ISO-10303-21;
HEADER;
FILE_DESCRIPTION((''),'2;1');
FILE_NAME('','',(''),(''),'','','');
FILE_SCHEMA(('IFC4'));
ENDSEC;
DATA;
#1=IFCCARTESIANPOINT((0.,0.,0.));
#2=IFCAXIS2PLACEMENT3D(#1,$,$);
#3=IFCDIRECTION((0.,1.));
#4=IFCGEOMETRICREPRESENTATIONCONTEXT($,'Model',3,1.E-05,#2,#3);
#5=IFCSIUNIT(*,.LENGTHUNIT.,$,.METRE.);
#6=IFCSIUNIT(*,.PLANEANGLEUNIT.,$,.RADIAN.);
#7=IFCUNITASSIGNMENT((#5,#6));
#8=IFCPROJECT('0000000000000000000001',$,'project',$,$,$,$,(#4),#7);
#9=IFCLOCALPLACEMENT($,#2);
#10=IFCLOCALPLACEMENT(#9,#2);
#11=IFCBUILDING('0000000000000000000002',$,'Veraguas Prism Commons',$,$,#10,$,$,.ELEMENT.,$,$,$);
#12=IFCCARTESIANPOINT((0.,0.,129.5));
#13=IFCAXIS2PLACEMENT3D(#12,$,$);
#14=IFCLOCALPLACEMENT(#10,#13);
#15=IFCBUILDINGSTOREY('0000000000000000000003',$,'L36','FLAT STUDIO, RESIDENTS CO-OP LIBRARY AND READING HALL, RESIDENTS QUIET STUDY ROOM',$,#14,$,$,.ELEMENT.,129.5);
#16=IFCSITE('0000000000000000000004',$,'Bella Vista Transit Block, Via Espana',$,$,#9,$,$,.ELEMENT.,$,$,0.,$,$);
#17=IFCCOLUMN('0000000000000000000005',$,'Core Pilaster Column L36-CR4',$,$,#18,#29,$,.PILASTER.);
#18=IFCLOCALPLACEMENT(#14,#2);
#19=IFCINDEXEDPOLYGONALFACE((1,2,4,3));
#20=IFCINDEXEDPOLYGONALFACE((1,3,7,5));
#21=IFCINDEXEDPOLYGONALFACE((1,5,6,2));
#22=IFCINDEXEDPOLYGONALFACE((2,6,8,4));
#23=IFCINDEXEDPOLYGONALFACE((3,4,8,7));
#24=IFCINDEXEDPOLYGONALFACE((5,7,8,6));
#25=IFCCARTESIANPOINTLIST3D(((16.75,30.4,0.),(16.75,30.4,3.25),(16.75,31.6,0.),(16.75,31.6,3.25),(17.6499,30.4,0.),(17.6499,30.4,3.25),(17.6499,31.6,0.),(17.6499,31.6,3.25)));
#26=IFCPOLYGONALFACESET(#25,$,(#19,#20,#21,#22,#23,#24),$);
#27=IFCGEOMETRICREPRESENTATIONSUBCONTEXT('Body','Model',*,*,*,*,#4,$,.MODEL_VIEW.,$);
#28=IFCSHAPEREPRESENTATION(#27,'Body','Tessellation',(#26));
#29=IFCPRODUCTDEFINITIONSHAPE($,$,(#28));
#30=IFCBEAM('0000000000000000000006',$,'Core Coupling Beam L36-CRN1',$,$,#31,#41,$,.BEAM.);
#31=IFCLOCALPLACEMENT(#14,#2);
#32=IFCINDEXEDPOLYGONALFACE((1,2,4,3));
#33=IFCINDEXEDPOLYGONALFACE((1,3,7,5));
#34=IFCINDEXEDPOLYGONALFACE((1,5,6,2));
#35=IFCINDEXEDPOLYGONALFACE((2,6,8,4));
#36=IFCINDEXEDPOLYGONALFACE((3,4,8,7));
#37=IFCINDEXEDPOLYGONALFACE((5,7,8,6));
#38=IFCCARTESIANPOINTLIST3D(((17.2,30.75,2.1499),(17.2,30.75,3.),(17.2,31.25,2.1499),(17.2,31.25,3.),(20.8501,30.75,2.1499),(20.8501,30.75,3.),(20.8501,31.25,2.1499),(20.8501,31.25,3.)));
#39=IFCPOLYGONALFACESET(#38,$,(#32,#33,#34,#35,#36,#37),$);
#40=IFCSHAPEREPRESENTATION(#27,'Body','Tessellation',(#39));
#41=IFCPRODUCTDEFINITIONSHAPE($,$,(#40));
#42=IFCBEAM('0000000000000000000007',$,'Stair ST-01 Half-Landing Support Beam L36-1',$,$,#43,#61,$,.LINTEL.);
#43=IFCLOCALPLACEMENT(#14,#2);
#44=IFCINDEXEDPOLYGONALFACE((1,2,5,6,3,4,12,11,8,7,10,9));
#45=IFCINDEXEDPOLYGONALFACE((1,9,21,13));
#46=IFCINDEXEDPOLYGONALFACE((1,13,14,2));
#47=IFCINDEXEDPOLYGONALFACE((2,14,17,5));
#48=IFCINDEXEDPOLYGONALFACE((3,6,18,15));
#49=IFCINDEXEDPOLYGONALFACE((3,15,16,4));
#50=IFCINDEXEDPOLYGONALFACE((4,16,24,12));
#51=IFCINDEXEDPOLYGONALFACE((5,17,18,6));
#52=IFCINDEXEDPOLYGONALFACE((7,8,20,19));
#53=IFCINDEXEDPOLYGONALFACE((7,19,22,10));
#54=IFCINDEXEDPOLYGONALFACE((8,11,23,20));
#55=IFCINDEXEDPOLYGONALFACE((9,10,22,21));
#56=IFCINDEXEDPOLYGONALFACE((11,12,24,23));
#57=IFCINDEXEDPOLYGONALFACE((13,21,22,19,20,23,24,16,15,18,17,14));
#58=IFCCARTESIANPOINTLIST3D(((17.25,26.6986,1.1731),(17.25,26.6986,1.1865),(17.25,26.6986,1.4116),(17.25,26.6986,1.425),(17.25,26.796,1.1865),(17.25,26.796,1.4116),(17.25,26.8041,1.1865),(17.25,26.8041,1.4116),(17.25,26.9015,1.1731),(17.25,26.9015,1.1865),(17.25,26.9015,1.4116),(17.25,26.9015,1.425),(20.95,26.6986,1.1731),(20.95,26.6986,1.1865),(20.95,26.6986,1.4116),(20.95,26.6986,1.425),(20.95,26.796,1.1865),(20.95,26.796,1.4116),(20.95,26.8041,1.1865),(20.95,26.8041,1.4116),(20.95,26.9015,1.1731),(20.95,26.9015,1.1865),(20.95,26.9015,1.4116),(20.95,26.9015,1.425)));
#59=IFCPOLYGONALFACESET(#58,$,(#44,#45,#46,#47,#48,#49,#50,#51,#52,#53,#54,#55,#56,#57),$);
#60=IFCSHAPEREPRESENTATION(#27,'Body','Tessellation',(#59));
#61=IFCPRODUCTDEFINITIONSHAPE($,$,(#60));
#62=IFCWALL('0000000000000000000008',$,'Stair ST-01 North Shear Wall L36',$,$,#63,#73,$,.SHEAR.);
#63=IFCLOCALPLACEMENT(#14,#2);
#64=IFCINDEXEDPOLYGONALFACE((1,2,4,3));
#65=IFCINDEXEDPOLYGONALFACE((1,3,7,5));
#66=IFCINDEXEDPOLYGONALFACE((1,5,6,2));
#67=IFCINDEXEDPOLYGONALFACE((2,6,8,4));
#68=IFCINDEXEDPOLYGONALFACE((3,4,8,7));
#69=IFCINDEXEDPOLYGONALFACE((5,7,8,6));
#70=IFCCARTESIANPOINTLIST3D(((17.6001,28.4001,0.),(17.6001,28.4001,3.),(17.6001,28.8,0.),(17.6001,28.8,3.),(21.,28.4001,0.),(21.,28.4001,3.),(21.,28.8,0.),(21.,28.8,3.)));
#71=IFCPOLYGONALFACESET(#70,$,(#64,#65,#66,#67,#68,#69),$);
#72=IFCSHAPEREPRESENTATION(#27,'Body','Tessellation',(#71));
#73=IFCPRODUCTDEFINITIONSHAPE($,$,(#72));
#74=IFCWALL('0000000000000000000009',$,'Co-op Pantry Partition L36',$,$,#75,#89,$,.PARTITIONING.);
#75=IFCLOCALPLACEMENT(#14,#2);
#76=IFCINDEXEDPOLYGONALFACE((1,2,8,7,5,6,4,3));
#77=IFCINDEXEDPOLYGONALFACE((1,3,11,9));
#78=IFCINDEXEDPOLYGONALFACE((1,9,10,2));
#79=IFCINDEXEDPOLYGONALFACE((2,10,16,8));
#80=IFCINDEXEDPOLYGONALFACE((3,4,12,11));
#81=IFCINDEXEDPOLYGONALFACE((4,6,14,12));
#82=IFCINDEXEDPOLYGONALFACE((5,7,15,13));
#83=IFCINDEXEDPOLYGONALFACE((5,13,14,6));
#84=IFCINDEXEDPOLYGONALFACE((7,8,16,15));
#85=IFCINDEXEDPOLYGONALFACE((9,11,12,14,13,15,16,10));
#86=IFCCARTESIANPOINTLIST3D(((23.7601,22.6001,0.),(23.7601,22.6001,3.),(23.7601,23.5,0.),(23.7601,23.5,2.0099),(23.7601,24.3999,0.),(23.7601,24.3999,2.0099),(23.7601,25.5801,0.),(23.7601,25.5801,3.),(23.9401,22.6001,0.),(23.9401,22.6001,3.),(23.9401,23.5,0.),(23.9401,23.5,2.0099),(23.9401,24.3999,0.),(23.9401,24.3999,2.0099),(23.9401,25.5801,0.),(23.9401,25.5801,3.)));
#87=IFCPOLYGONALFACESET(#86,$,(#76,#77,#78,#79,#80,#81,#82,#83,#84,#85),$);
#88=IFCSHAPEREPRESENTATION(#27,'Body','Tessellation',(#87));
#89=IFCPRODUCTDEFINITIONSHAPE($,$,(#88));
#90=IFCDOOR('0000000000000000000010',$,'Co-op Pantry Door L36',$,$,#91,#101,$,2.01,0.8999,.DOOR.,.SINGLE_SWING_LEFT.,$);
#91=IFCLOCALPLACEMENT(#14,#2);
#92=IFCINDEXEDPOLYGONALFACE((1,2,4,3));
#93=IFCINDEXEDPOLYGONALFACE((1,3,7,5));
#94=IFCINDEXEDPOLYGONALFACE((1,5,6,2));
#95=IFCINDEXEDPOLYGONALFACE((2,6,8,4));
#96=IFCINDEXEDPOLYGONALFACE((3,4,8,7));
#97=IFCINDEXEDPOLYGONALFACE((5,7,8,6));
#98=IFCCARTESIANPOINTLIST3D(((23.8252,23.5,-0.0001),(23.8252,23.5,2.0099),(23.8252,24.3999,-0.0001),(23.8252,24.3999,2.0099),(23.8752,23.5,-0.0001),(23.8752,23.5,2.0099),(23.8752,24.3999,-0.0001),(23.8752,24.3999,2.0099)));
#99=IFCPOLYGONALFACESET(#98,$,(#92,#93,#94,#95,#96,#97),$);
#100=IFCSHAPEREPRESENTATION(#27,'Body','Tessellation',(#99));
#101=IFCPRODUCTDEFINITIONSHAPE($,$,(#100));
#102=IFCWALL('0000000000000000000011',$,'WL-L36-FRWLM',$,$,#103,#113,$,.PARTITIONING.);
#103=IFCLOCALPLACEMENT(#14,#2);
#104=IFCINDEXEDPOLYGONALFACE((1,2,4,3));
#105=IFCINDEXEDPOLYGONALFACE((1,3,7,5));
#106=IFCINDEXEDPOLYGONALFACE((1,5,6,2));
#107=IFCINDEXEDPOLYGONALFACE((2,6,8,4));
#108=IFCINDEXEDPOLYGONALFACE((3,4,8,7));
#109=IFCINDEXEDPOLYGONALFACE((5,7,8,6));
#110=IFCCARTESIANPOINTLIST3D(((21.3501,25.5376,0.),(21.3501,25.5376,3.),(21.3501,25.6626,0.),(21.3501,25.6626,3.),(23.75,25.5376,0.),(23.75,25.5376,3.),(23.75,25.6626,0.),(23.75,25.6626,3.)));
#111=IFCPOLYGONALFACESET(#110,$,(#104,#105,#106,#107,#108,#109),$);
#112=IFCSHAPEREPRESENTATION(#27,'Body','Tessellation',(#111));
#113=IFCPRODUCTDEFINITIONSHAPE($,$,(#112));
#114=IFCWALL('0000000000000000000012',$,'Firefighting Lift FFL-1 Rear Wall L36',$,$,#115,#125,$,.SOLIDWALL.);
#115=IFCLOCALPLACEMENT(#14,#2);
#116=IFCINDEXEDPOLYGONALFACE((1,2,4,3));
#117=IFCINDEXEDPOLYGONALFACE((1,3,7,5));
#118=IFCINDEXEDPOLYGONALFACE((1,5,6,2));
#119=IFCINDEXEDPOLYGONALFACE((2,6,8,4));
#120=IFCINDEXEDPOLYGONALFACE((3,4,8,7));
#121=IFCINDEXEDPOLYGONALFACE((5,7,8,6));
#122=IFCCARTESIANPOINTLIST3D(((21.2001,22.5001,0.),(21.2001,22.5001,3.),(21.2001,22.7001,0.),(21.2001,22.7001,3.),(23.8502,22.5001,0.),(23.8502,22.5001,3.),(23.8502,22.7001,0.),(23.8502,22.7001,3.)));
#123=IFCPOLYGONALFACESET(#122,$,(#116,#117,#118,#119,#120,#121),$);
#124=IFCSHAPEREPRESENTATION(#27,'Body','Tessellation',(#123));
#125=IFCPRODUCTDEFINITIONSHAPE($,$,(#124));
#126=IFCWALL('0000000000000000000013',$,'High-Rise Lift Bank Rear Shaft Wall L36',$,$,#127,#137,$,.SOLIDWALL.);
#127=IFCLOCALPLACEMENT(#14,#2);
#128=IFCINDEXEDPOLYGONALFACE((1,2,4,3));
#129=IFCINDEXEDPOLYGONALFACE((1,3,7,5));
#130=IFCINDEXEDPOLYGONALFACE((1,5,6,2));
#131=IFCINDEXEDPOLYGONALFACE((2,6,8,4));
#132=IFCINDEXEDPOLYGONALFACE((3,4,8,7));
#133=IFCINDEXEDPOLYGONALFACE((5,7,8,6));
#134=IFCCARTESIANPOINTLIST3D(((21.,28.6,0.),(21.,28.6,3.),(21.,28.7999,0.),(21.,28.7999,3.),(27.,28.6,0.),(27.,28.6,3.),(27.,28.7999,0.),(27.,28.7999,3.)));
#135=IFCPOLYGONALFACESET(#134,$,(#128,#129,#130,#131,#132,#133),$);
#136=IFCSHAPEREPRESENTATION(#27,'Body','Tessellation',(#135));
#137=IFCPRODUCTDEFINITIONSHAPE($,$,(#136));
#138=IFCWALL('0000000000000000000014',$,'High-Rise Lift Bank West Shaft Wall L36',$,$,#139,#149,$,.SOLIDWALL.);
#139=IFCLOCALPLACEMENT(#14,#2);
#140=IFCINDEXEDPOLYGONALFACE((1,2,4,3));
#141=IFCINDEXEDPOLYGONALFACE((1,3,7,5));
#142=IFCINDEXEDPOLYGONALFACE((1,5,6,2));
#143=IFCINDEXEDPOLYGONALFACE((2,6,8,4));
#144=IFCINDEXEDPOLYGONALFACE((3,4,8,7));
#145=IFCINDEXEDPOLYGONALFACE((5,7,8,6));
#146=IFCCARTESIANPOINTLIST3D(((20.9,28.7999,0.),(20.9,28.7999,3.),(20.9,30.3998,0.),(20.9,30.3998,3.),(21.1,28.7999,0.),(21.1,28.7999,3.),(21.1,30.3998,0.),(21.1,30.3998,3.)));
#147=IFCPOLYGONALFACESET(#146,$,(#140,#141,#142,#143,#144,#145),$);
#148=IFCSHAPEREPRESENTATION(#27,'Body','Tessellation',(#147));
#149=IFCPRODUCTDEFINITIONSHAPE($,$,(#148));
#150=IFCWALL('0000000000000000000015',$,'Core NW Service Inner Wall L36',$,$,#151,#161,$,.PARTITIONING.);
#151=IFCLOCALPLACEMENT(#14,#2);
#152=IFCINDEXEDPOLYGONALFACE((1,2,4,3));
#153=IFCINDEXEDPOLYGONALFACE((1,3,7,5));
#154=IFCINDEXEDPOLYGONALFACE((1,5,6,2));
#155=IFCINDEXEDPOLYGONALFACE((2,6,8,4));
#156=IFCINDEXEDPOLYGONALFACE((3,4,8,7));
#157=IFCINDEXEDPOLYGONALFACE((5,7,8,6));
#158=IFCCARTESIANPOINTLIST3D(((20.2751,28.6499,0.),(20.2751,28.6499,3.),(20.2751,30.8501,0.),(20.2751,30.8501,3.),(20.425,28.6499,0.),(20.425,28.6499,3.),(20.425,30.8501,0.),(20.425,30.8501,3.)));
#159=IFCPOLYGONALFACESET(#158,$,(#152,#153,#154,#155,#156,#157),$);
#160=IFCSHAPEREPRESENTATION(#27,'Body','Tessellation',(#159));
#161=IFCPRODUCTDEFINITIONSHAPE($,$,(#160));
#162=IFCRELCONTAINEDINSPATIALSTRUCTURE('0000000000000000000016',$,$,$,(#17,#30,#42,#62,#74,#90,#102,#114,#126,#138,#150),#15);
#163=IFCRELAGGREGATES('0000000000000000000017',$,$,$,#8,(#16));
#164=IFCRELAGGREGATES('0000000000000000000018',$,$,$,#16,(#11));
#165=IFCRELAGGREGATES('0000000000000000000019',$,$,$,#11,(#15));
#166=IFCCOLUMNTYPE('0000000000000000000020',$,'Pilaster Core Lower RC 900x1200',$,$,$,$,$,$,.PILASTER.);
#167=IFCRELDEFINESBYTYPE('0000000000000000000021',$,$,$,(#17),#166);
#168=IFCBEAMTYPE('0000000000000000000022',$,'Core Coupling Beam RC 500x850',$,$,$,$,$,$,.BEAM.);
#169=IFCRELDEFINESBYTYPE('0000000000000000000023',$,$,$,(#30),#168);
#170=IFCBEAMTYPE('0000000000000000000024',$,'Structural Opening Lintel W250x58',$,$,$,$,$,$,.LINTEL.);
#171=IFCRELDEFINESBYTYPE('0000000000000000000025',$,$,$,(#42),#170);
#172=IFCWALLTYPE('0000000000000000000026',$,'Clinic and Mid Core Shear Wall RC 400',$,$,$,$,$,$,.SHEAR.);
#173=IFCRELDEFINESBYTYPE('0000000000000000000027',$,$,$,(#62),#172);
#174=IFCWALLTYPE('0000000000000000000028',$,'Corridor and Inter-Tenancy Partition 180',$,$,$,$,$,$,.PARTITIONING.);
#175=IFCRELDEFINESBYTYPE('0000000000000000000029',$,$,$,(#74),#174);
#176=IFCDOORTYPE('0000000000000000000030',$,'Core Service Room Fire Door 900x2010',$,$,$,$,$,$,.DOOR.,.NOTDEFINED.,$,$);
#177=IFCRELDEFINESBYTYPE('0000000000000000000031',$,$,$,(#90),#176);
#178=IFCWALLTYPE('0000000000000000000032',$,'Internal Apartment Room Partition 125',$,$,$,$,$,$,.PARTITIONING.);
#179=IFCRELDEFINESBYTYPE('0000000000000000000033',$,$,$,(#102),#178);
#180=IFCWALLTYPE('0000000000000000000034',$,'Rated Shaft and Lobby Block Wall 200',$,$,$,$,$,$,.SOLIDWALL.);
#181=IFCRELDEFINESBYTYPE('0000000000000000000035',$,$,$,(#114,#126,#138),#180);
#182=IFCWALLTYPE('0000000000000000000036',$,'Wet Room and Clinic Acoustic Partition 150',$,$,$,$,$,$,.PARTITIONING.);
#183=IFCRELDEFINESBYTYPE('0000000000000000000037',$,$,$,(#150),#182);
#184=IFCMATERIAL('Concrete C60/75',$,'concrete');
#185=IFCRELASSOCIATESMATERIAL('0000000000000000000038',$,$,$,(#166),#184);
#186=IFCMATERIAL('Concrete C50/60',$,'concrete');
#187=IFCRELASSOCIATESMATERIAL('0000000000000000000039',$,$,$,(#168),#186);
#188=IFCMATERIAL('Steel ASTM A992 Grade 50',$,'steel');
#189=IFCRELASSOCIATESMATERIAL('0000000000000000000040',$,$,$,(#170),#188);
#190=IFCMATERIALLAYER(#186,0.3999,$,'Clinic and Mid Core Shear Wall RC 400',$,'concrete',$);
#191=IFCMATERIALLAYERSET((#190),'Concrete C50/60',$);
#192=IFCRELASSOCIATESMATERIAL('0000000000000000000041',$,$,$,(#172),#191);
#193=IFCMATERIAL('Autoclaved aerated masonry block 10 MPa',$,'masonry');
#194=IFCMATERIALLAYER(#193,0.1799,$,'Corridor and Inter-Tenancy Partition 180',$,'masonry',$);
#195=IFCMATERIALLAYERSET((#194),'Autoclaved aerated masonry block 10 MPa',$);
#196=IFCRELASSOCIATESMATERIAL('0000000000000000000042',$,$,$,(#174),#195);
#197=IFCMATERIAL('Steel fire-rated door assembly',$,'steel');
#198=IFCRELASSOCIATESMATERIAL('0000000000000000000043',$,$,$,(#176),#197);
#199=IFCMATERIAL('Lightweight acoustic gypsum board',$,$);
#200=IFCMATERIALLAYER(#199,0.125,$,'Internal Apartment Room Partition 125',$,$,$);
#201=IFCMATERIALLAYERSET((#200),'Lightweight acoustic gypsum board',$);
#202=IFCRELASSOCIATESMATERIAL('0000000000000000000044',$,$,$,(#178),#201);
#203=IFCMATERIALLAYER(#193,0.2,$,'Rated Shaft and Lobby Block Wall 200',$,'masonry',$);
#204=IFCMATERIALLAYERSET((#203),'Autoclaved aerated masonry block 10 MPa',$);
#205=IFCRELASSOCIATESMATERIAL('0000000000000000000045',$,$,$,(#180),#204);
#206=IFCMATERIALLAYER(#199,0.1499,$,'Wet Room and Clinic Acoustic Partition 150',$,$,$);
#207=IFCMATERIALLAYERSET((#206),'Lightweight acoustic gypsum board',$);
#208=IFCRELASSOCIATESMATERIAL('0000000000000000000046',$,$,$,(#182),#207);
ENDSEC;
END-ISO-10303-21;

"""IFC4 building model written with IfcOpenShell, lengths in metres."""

from ifc_helpers import new_model, si_unit, direction, frame, frame_2d, origin, origin_2d, place, context, subcontext, project, spatial, rectangle, i_section, extrude, source, transform, mapped, material, layer, layer_set, material_profile, profile_set, type_object, element, fill, save


model = new_model("IFC4")

# Units and contexts
model_context = context("Model", 3, precision=1e-05, world=origin(), true_north=direction((0.0, 1.0)))
body_context = subcontext(model_context, "Body", "Model", "MODEL_VIEW")
ifc_project = project(units=[si_unit("LENGTHUNIT", "METRE"), si_unit("PLANEANGLEUNIT", "RADIAN")], contexts=[model_context])

# Site, building, storey
site_placement = place(None, origin())
site = spatial("IfcSite", under=ifc_project, at=site_placement, Name="Bella Vista Transit Block, Via Espana", CompositionType="ELEMENT", RefElevation=0.0)
building_placement = place(site_placement, origin())
building = spatial("IfcBuilding", under=site, at=building_placement, Name="Veraguas Prism Commons", CompositionType="ELEMENT")
storey_placement = place(building_placement, frame((0.0, 0.0, 129.5)))
storey = spatial("IfcBuildingStorey", under=building, at=storey_placement, Name="L36", Description="FLAT STUDIO, RESIDENTS CO-OP LIBRARY AND READING HALL, RESIDENTS QUIET STUDY ROOM", CompositionType="ELEMENT", Elevation=129.5)

# Column
ifc_material_1 = material(Name="Concrete C60/75", Category="concrete")
ifc_material_profile_1 = material_profile(ifc_material_1, rectangle(XDim=0.8999, YDim=1.2, at=origin_2d()), Name="RC900X1200")
ifc_profile_set_1 = profile_set([ifc_material_profile_1], Name="Concrete C60/75")
column_type = type_object("IfcColumnType", Name="Pilaster Core Lower RC 900x1200", PredefinedType="PILASTER", material=ifc_profile_set_1)
column_placement = place(storey_placement, frame((17.2, 31.0, 0.0), z_axis=(0.0, 0.0, 1.0), x_axis=(1.0, 0.0, 0.0)))
element("IfcColumn", 1, at=column_placement, inside=storey, type_object=column_type, Name="Core Pilaster Column L36-CR4", PredefinedType="PILASTER", context=body_context, shape_type="SweptSolid", body=[
    extrude(rectangle(XDim=0.8999, YDim=1.2, at=origin_2d()), origin(), (0.0, 0.0, 1.0), 3.25),
])

# Beams
ifc_material_2 = material(Name="Concrete C50/60", Category="concrete")
ifc_material_profile_2 = material_profile(ifc_material_2, rectangle(XDim=0.5, YDim=0.8501, at=origin_2d()), Name="RC500X850")
ifc_profile_set_2 = profile_set([ifc_material_profile_2], Name="Concrete C50/60")
beam_type_1 = type_object("IfcBeamType", Name="Core Coupling Beam RC 500x850", PredefinedType="BEAM", material=ifc_profile_set_2)
beam_1_placement = place(storey_placement, frame((17.2, 31.0, 2.575), z_axis=(1.0, 0.0, 0.0), x_axis=(0.0, 1.0, 0.0)))
element("IfcBeam", 2, at=beam_1_placement, inside=storey, type_object=beam_type_1, Name="Core Coupling Beam L36-CRN1", PredefinedType="BEAM", context=body_context, shape_type="SweptSolid", body=[
    extrude(rectangle(XDim=0.5, YDim=0.8501, at=origin_2d()), origin(), (0.0, 0.0, 1.0), 3.6501),
])
ifc_material_3 = material(Name="Steel ASTM A992 Grade 50", Category="steel")
ifc_material_profile_3 = material_profile(ifc_material_3, i_section(OverallWidth=0.2029, OverallDepth=0.252, WebThickness=0.0081, FlangeThickness=0.0134, at=origin_2d()), Name="W250X58")
ifc_profile_set_3 = profile_set([ifc_material_profile_3], Name="Steel ASTM A992 Grade 50")
beam_type_2 = type_object("IfcBeamType", Name="Structural Opening Lintel W250x58", PredefinedType="LINTEL", material=ifc_profile_set_3)
beam_2_placement = place(storey_placement, frame((17.25, 26.8, 1.2991), z_axis=(1.0, 0.0, 0.0), x_axis=(0.0, 1.0, 0.0)))
element("IfcBeam", 3, at=beam_2_placement, inside=storey, type_object=beam_type_2, Name="Stair ST-01 Half-Landing Support Beam L36-1", PredefinedType="LINTEL", context=body_context, shape_type="SweptSolid", body=[
    extrude(i_section(OverallWidth=0.2029, OverallDepth=0.252, WebThickness=0.0081, FlangeThickness=0.0134, at=origin_2d()), origin(), (0.0, 0.0, 1.0), 3.7),
])

# Wall
ifc_layer_1 = layer(ifc_material_2, 0.3999, Name="Clinic and Mid Core Shear Wall RC 400", Category="concrete")
ifc_layer_set_1 = layer_set([ifc_layer_1], Name="Concrete C50/60")
wall_type_1 = type_object("IfcWallType", Name="Clinic and Mid Core Shear Wall RC 400", PredefinedType="SHEAR", material=ifc_layer_set_1)
wall_1_placement = place(storey_placement, frame((17.6001, 28.6001, 0.0), z_axis=(0.0, 0.0, 1.0), x_axis=(1.0, 0.0, 0.0)))
element("IfcWall", 4, at=wall_1_placement, inside=storey, type_object=wall_type_1, Name="Stair ST-01 North Shear Wall L36", PredefinedType="SHEAR", context=body_context, shape_type="SweptSolid", body=[
    extrude(rectangle(XDim=3.3999, YDim=0.3999, at=frame_2d((1.7, 0.0))), origin(), (0.0, 0.0, 1.0), 3.0),
])

# Wall, opening, door
ifc_material_4 = material(Name="Autoclaved aerated masonry block 10 MPa", Category="masonry")
ifc_layer_2 = layer(ifc_material_4, 0.1799, Name="Corridor and Inter-Tenancy Partition 180", Category="masonry")
ifc_layer_set_2 = layer_set([ifc_layer_2], Name="Autoclaved aerated masonry block 10 MPa")
wall_type_2 = type_object("IfcWallType", Name="Corridor and Inter-Tenancy Partition 180", PredefinedType="PARTITIONING", material=ifc_layer_set_2)
wall_2_placement = place(storey_placement, frame((23.8501, 22.6001, 0.0), z_axis=(0.0, 0.0, 1.0), x_axis=(0.0, 1.0, 0.0)))
wall_2 = element("IfcWall", 5, at=wall_2_placement, inside=storey, type_object=wall_type_2, Name="Co-op Pantry Partition L36", PredefinedType="PARTITIONING", context=body_context, shape_type="SweptSolid", body=[
    extrude(rectangle(XDim=2.98, YDim=0.1799, at=frame_2d((1.49, 0.0))), origin(), (0.0, 0.0, 1.0), 3.0),
])
opening_placement = place(wall_2_placement, frame((0.8999, 0.0, 0.0)))
opening = element("IfcOpeningElement", 6, at=opening_placement, cuts=wall_2, PredefinedType="OPENING", context=body_context, shape_type="SweptSolid", body=[
    extrude(rectangle(XDim=0.8999, YDim=2.01, at=frame_2d((0.45, 1.0049))), frame((0.0, 0.0999, 0.0), z_axis=(0.0, -1.0, 0.0), x_axis=(1.0, 0.0, 0.0)), (0.0, 0.0, 1.0), 0.2),
])
ifc_material_5 = material(Name="Steel fire-rated door assembly", Category="steel")
door_type = type_object("IfcDoorType", Name="Core Service Room Fire Door 900x2010", OperationType="NOTDEFINED", PredefinedType="DOOR", material=ifc_material_5)
shared_shape = source(origin(), body_context, "Body", "SweptSolid", [
    extrude(rectangle(XDim=0.8999, YDim=2.01, at=frame_2d((0.45, 1.0049))), frame((0.0, 0.0249, 0.0), z_axis=(0.0, -1.0, 0.0), x_axis=(1.0, 0.0, 0.0)), (0.0, 0.0, 1.0), 0.05),
])
door_placement = place(opening_placement, origin())
door = element("IfcDoor", 7, at=door_placement, inside=storey, type_object=door_type, Name="Co-op Pantry Door L36", OperationType="SINGLE_SWING_LEFT", OverallHeight=2.01, OverallWidth=0.8999, PredefinedType="DOOR", context=body_context, shape_type="MappedRepresentation", body=[
    mapped(shared_shape, transform((0.0, 0.0, 0.0), scale=1.0)),
])
fill(opening, door)

# Walls
ifc_material_6 = material(Name="Lightweight acoustic gypsum board")
ifc_layer_3 = layer(ifc_material_6, 0.125, Name="Internal Apartment Room Partition 125")
ifc_layer_set_3 = layer_set([ifc_layer_3], Name="Lightweight acoustic gypsum board")
wall_type_3 = type_object("IfcWallType", Name="Internal Apartment Room Partition 125", PredefinedType="PARTITIONING", material=ifc_layer_set_3)
wall_3_placement = place(storey_placement, frame((21.3501, 25.6001, 0.0), z_axis=(0.0, 0.0, 1.0), x_axis=(1.0, 0.0, 0.0)))
element("IfcWall", 8, at=wall_3_placement, inside=storey, type_object=wall_type_3, Name="WL-L36-FRWLM", PredefinedType="PARTITIONING", context=body_context, shape_type="SweptSolid", body=[
    extrude(rectangle(XDim=2.3999, YDim=0.125, at=frame_2d((1.2, 0.0))), origin(), (0.0, 0.0, 1.0), 3.0),
])
ifc_layer_4 = layer(ifc_material_4, 0.2, Name="Rated Shaft and Lobby Block Wall 200", Category="masonry")
ifc_layer_set_4 = layer_set([ifc_layer_4], Name="Autoclaved aerated masonry block 10 MPa")
wall_type_4 = type_object("IfcWallType", Name="Rated Shaft and Lobby Block Wall 200", PredefinedType="SOLIDWALL", material=ifc_layer_set_4)
wall_4_placement = place(storey_placement, frame((21.2, 22.6001, 0.0), z_axis=(0.0, 0.0, 1.0), x_axis=(1.0, 0.0, 0.0)))
element("IfcWall", 9, at=wall_4_placement, inside=storey, type_object=wall_type_4, Name="Firefighting Lift FFL-1 Rear Wall L36", PredefinedType="SOLIDWALL", context=body_context, shape_type="SweptSolid", body=[
    extrude(rectangle(XDim=2.6501, YDim=0.2, at=frame_2d((1.3252, 0.0))), origin(), (0.0, 0.0, 1.0), 3.0),
])
wall_5_placement = place(storey_placement, frame((21.0, 28.7, 0.0), z_axis=(0.0, 0.0, 1.0), x_axis=(1.0, 0.0, 0.0)))
element("IfcWall", 10, at=wall_5_placement, inside=storey, type_object=wall_type_4, Name="High-Rise Lift Bank Rear Shaft Wall L36", PredefinedType="SOLIDWALL", context=body_context, shape_type="SweptSolid", body=[
    extrude(rectangle(XDim=6.0, YDim=0.2, at=frame_2d((3.0, 0.0))), origin(), (0.0, 0.0, 1.0), 3.0),
])
wall_6_placement = place(storey_placement, frame((21.0, 28.8, 0.0), z_axis=(0.0, 0.0, 1.0), x_axis=(0.0, 1.0, 0.0)))
element("IfcWall", 11, at=wall_6_placement, inside=storey, type_object=wall_type_4, Name="High-Rise Lift Bank West Shaft Wall L36", PredefinedType="SOLIDWALL", context=body_context, shape_type="SweptSolid", body=[
    extrude(rectangle(XDim=1.5999, YDim=0.2, at=frame_2d((0.7998, 0.0))), origin(), (0.0, 0.0, 1.0), 3.0),
])
ifc_layer_5 = layer(ifc_material_6, 0.1499, Name="Wet Room and Clinic Acoustic Partition 150")
ifc_layer_set_5 = layer_set([ifc_layer_5], Name="Lightweight acoustic gypsum board")
wall_type_5 = type_object("IfcWallType", Name="Wet Room and Clinic Acoustic Partition 150", PredefinedType="PARTITIONING", material=ifc_layer_set_5)
wall_7_placement = place(storey_placement, frame((20.3501, 28.6499, 0.0), z_axis=(0.0, 0.0, 1.0), x_axis=(0.0, 1.0, 0.0)))
element("IfcWall", 12, at=wall_7_placement, inside=storey, type_object=wall_type_5, Name="Core NW Service Inner Wall L36", PredefinedType="PARTITIONING", context=body_context, shape_type="SweptSolid", body=[
    extrude(rectangle(XDim=2.2002, YDim=0.1499, at=frame_2d((1.1001, 0.0))), origin(), (0.0, 0.0, 1.0), 3.0),
])

save(model, "model.ifc")
